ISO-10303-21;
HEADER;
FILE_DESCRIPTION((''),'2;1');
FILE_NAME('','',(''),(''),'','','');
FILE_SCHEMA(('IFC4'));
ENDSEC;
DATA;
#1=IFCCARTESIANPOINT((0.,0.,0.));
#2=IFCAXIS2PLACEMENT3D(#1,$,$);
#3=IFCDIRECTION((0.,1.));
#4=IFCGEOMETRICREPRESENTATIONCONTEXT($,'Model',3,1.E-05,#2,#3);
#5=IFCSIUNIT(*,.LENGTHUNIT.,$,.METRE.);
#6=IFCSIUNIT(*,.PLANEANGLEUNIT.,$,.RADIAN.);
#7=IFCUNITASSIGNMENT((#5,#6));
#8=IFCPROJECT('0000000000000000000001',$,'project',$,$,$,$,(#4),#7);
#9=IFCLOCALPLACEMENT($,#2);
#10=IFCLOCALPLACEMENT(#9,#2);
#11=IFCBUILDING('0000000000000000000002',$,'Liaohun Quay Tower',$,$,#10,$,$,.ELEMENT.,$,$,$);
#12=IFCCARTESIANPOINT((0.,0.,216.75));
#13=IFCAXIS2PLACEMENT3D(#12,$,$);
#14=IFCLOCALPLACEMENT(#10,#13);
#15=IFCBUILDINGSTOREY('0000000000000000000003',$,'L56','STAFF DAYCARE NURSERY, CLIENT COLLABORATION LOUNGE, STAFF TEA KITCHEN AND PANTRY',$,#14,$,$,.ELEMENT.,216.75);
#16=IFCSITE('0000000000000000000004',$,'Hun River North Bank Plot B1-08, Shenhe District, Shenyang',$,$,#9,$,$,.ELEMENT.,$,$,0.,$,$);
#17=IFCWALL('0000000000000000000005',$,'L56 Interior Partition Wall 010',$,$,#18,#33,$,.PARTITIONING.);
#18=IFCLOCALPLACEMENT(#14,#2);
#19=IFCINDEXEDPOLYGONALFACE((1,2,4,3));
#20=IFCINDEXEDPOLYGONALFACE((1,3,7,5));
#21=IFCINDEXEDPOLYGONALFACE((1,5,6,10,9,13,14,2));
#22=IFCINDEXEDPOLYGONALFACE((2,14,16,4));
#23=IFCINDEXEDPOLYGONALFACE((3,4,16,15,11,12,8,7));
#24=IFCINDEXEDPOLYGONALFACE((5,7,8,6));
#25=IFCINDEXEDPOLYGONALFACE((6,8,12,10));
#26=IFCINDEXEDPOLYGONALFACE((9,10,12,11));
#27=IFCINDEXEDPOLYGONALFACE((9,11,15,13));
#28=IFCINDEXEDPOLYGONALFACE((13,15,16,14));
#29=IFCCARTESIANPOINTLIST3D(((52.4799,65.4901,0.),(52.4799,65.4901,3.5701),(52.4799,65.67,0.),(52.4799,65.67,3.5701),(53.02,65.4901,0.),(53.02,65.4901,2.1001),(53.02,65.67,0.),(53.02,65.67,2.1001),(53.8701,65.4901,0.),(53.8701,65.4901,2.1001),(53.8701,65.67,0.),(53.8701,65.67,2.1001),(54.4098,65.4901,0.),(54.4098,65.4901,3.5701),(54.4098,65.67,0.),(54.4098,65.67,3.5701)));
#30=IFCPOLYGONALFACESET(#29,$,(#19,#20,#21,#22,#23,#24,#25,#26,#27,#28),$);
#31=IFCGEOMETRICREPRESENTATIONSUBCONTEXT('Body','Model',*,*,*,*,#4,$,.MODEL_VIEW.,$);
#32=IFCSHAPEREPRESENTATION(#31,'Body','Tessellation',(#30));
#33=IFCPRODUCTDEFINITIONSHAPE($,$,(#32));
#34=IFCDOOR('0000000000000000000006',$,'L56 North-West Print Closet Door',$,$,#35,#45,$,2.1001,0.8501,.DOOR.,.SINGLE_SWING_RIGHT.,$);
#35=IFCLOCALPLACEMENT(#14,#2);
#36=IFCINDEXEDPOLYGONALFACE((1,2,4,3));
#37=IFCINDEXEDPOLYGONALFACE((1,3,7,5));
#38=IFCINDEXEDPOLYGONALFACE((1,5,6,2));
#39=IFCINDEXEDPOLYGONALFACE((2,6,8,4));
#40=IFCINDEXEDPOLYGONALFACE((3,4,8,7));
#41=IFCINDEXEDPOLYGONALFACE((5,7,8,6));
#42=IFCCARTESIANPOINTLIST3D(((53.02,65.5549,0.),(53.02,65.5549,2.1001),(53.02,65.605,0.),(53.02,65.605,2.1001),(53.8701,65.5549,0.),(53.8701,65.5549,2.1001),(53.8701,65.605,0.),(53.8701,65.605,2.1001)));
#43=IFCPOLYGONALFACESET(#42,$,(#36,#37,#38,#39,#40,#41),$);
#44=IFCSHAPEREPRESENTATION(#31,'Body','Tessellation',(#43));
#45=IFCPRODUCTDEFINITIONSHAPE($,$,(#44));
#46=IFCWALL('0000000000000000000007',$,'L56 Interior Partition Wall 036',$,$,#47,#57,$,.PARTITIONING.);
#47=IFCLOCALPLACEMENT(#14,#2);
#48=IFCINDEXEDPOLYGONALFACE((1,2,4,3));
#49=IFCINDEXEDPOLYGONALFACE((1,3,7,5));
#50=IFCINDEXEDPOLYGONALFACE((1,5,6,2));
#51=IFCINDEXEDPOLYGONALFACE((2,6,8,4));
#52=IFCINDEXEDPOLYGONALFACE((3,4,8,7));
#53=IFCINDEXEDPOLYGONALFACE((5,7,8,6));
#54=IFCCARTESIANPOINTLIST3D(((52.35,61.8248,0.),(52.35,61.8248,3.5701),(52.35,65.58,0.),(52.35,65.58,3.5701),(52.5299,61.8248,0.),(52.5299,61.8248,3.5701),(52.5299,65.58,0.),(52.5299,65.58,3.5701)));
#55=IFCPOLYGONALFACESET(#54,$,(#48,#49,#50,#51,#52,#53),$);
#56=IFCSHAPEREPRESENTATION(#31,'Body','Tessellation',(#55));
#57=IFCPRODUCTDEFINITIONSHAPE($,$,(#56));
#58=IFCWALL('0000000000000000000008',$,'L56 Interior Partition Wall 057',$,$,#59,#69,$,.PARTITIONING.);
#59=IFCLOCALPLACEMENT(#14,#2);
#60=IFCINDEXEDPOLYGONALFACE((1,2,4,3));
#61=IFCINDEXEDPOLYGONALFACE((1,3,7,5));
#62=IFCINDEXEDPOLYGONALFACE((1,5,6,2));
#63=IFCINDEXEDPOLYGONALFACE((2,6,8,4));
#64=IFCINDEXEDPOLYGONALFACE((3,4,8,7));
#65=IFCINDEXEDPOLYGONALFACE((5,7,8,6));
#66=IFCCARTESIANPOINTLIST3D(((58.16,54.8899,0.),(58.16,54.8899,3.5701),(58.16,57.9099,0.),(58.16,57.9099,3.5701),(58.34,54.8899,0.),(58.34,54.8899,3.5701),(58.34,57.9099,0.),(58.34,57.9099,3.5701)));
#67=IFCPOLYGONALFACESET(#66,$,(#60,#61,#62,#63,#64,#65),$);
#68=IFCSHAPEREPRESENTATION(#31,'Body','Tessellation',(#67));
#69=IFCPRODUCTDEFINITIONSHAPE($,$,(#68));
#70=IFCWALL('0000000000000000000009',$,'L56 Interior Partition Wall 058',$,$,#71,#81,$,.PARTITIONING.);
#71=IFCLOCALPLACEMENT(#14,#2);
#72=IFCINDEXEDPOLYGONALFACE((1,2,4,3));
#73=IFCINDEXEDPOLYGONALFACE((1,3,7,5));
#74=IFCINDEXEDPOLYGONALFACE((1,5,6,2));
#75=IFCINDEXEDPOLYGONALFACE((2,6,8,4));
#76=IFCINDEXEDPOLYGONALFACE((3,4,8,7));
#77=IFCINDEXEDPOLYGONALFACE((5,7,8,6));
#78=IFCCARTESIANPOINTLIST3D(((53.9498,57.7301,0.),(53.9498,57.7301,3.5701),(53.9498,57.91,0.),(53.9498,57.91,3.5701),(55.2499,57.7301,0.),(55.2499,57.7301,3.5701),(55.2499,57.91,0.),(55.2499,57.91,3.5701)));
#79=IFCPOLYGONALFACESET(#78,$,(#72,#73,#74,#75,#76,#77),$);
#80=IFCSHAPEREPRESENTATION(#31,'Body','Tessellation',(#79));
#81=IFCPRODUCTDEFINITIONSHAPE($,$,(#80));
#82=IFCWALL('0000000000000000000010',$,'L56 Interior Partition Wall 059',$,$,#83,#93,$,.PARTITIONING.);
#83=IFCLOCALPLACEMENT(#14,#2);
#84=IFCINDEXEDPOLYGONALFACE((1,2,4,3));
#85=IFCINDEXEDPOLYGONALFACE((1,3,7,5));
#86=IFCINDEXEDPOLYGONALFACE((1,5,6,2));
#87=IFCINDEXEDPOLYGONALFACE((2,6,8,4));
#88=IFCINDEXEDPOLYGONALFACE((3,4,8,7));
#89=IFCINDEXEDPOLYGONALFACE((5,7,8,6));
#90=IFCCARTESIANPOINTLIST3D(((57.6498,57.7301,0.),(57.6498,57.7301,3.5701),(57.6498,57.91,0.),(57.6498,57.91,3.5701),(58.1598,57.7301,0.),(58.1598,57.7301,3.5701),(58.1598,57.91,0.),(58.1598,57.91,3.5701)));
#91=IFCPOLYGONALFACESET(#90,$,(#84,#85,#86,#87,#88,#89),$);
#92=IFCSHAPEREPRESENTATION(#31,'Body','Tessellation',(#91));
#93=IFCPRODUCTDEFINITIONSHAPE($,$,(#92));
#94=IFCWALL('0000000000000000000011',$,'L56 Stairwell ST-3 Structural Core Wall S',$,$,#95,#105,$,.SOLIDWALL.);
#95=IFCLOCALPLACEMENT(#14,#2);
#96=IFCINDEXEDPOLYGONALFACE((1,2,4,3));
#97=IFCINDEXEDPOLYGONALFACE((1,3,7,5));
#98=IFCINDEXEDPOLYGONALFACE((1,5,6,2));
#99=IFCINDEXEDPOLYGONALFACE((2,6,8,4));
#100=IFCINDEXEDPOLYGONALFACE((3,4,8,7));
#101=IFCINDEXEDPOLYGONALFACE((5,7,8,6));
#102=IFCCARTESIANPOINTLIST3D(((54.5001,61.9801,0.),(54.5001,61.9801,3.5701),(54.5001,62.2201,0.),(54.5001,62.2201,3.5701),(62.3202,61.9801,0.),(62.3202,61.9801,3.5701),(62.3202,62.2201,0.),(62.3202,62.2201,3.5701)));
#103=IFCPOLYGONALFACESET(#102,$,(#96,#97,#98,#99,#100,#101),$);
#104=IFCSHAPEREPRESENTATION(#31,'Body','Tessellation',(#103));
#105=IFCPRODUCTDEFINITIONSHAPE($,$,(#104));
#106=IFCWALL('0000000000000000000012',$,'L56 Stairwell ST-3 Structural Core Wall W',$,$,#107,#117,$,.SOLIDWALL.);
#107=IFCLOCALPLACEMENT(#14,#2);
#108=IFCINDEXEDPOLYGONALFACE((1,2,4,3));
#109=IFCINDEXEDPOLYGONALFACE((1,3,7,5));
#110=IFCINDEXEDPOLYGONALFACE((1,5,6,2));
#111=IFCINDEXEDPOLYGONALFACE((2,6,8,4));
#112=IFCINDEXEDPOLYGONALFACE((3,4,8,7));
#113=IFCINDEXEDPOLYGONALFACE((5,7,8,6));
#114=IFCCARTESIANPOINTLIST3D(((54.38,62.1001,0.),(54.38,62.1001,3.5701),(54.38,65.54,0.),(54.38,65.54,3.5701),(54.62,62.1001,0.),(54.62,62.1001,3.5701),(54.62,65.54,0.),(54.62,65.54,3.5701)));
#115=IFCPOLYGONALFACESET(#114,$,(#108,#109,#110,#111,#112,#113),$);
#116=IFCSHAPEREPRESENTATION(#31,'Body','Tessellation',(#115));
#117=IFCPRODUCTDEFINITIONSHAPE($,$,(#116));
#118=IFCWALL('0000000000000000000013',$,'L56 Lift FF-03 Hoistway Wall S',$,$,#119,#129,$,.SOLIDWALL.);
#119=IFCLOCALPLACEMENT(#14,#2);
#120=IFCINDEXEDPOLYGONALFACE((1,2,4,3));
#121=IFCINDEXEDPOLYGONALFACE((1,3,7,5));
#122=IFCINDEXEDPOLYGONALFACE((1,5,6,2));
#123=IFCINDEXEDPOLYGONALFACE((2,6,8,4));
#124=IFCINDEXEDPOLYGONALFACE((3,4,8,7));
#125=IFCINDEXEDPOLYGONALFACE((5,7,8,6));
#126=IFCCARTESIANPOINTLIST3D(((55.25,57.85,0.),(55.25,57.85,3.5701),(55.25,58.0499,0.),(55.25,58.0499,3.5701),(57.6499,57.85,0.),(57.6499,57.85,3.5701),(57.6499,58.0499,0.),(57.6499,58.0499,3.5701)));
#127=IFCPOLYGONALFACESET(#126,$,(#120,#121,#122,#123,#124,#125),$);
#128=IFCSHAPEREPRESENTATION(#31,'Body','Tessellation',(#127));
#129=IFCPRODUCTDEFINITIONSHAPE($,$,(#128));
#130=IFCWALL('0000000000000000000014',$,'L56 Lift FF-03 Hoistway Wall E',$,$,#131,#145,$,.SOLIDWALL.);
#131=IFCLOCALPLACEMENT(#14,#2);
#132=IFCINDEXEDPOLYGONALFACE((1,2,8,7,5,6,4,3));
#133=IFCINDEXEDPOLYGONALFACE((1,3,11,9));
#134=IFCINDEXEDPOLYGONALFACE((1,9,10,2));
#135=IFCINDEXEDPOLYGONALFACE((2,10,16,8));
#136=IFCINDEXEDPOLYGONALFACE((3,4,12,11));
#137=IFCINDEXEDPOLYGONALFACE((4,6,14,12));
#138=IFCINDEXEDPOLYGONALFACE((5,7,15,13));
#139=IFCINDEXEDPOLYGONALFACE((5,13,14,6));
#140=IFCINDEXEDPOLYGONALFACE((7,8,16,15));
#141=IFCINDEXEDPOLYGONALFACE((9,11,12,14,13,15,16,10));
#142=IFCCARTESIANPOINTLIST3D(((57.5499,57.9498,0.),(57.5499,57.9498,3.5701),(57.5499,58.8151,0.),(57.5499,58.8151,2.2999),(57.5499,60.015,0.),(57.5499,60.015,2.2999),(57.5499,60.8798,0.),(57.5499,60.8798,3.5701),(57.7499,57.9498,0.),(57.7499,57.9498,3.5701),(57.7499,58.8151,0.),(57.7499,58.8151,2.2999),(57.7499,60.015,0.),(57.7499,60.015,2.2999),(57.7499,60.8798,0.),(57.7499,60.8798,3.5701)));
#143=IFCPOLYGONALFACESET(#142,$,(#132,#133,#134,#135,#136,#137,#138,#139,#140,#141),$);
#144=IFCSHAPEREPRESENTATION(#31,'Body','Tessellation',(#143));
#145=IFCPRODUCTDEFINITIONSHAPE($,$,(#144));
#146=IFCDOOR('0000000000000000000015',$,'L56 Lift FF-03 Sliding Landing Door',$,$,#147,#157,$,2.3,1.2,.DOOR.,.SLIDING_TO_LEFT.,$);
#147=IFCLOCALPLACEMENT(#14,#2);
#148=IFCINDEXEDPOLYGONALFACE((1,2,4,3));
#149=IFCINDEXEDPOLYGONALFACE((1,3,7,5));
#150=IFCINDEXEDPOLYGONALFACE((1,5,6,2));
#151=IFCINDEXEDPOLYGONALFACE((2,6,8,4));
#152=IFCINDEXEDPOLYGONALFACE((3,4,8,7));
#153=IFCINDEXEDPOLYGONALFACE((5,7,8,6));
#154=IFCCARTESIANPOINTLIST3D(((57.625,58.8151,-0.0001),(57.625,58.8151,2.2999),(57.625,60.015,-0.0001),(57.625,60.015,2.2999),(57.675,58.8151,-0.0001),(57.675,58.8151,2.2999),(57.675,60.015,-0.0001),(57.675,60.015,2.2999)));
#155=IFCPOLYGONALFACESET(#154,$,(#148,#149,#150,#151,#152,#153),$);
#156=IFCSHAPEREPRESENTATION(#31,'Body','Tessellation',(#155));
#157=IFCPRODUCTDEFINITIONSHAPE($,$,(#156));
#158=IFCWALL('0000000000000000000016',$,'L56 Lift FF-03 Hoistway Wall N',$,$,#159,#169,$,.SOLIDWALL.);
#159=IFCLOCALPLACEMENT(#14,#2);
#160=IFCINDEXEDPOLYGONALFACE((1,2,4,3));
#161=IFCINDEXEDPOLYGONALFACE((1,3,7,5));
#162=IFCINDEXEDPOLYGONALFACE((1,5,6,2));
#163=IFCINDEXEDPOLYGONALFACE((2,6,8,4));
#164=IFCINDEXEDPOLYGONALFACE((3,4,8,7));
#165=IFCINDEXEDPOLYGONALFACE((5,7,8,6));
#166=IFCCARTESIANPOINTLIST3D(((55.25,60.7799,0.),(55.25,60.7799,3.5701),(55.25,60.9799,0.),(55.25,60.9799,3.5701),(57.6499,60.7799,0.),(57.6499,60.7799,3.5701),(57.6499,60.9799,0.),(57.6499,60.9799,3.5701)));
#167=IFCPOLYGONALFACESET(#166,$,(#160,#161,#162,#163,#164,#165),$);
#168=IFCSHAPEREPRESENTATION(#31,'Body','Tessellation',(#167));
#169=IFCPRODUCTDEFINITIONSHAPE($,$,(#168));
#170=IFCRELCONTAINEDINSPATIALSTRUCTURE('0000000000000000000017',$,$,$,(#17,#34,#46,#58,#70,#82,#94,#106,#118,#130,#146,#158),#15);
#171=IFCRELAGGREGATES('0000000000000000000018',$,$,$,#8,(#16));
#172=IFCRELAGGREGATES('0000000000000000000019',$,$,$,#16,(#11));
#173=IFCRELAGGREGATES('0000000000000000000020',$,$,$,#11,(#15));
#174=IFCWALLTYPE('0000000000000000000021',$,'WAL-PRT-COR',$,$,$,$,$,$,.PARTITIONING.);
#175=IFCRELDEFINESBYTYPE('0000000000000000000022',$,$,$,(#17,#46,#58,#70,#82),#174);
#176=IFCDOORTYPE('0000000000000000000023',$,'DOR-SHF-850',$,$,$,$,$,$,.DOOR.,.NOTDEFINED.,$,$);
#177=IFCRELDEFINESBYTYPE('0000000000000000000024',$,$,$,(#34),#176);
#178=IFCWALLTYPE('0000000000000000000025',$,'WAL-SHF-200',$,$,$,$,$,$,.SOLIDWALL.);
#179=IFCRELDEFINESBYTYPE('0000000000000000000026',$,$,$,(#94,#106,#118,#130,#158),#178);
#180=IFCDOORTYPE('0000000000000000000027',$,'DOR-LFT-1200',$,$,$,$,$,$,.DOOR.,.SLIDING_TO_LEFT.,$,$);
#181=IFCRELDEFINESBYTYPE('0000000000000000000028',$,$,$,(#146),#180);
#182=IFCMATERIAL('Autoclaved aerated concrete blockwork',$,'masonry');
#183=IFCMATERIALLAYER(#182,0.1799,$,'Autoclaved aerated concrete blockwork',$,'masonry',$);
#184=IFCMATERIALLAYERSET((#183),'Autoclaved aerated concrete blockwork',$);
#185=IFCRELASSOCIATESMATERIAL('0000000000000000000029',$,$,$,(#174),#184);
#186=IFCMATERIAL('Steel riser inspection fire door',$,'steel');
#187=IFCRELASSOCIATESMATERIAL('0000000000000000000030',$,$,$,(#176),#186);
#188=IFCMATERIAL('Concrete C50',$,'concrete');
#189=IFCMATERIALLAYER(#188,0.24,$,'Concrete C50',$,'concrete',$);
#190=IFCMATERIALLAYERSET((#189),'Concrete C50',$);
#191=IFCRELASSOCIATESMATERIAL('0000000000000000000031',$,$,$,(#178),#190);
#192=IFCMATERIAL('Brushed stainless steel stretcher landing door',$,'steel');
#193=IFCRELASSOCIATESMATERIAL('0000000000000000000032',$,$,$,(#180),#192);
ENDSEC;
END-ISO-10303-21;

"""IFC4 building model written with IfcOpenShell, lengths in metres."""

from ifc_helpers import new_model, si_unit, direction, frame, frame_2d, origin, place, context, subcontext, project, spatial, rectangle, extrude, source, transform, mapped, material, layer, layer_set, type_object, element, fill, save


model = new_model("IFC4")

# Units and contexts
model_context = context("Model", 3, precision=1e-05, world=origin(), true_north=direction((0.0, 1.0)))
body_context = subcontext(model_context, "Body", "Model", "MODEL_VIEW")
ifc_project = project(units=[si_unit("LENGTHUNIT", "METRE"), si_unit("PLANEANGLEUNIT", "RADIAN")], contexts=[model_context])

# Site, building, storey
site_placement = place(None, origin())
site = spatial("IfcSite", under=ifc_project, at=site_placement, Name="Hun River North Bank Plot B1-08, Shenhe District, Shenyang", CompositionType="ELEMENT", RefElevation=0.0)
building_placement = place(site_placement, origin())
building = spatial("IfcBuilding", under=site, at=building_placement, Name="Liaohun Quay Tower", CompositionType="ELEMENT")
storey_placement = place(building_placement, frame((0.0, 0.0, 216.75)))
storey = spatial("IfcBuildingStorey", under=building, at=storey_placement, Name="L56", Description="STAFF DAYCARE NURSERY, CLIENT COLLABORATION LOUNGE, STAFF TEA KITCHEN AND PANTRY", CompositionType="ELEMENT", Elevation=216.75)

# Wall, opening, door
ifc_material_1 = material(Name="Autoclaved aerated concrete blockwork", Category="masonry")
ifc_layer_1 = layer(ifc_material_1, 0.1799, Name="Autoclaved aerated concrete blockwork", Category="masonry")
ifc_layer_set_1 = layer_set([ifc_layer_1], Name="Autoclaved aerated concrete blockwork")
wall_type_1 = type_object("IfcWallType", Name="WAL-PRT-COR", PredefinedType="PARTITIONING", material=ifc_layer_set_1)
wall_1_placement = place(storey_placement, frame((52.48, 65.5801, 0.0), z_axis=(0.0, 0.0, 1.0), x_axis=(1.0, 0.0, 0.0)))
wall_1 = element("IfcWall", 1, at=wall_1_placement, inside=storey, type_object=wall_type_1, Name="L56 Interior Partition Wall 010", PredefinedType="PARTITIONING", context=body_context, shape_type="SweptSolid", body=[
    extrude(rectangle(XDim=1.9299, YDim=0.1799, at=frame_2d((0.9648, 0.0))), origin(), (0.0, 0.0, 1.0), 3.5701),
])
shared_shape_1 = source(origin(), body_context, "Body", "SweptSolid", [
    extrude(rectangle(XDim=0.8501, YDim=2.1001, at=frame_2d((0.425, 1.05))), frame((0.0, 0.0999, 0.0), z_axis=(0.0, -1.0, 0.0), x_axis=(1.0, 0.0, 0.0)), (0.0, 0.0, 1.0), 0.2),
])
opening_1_placement = place(wall_1_placement, frame((0.54, 0.0, 0.0)))
opening_1 = element("IfcOpeningElement", 2, at=opening_1_placement, cuts=wall_1, PredefinedType="OPENING", context=body_context, shape_type="MappedRepresentation", body=[
    mapped(shared_shape_1, transform((0.0, 0.0, 0.0), x_axis=(1.0, 0.0, 0.0), y_axis=(0.0, 1.0, 0.0), z_axis=(0.0, 0.0, 1.0), scale=1.0)),
])
ifc_material_2 = material(Name="Steel riser inspection fire door", Category="steel")
door_type_1 = type_object("IfcDoorType", Name="DOR-SHF-850", OperationType="NOTDEFINED", PredefinedType="DOOR", material=ifc_material_2)
shared_shape_2 = source(origin(), body_context, "Body", "SweptSolid", [
    extrude(rectangle(XDim=0.8501, YDim=2.1001, at=frame_2d((0.425, 1.05))), frame((0.0, 0.0249, 0.0), z_axis=(0.0, -1.0, 0.0), x_axis=(1.0, 0.0, 0.0)), (0.0, 0.0, 1.0), 0.05),
])
door_1_placement = place(opening_1_placement, origin())
door_1 = element("IfcDoor", 3, at=door_1_placement, inside=storey, type_object=door_type_1, Name="L56 North-West Print Closet Door", OperationType="SINGLE_SWING_RIGHT", OverallHeight=2.1001, OverallWidth=0.8501, PredefinedType="DOOR", context=body_context, shape_type="MappedRepresentation", body=[
    mapped(shared_shape_2, transform((0.0, 0.0, 0.0), x_axis=(1.0, 0.0, 0.0), y_axis=(0.0, 1.0, 0.0), z_axis=(0.0, 0.0, 1.0), scale=1.0)),
])
fill(opening_1, door_1)

# Walls
wall_2_placement = place(storey_placement, frame((52.4399, 61.825, 0.0), z_axis=(0.0, 0.0, 1.0), x_axis=(0.0, 1.0, 0.0)))
element("IfcWall", 4, at=wall_2_placement, inside=storey, type_object=wall_type_1, Name="L56 Interior Partition Wall 036", PredefinedType="PARTITIONING", context=body_context, shape_type="SweptSolid", body=[
    extrude(rectangle(XDim=3.7551, YDim=0.1799, at=frame_2d((1.8774, 0.0))), origin(), (0.0, 0.0, 1.0), 3.5701),
])
wall_3_placement = place(storey_placement, frame((58.25, 54.8899, 0.0), z_axis=(0.0, 0.0, 1.0), x_axis=(0.0, 1.0, 0.0)))
element("IfcWall", 5, at=wall_3_placement, inside=storey, type_object=wall_type_1, Name="L56 Interior Partition Wall 057", PredefinedType="PARTITIONING", context=body_context, shape_type="SweptSolid", body=[
    extrude(rectangle(XDim=3.02, YDim=0.1799, at=frame_2d((1.51, 0.0))), origin(), (0.0, 0.0, 1.0), 3.5701),
])
wall_4_placement = place(storey_placement, frame((53.95, 57.8201, 0.0), z_axis=(0.0, 0.0, 1.0), x_axis=(1.0, 0.0, 0.0)))
element("IfcWall", 6, at=wall_4_placement, inside=storey, type_object=wall_type_1, Name="L56 Interior Partition Wall 058", PredefinedType="PARTITIONING", context=body_context, shape_type="SweptSolid", body=[
    extrude(rectangle(XDim=1.3, YDim=0.1799, at=frame_2d((0.6499, 0.0))), origin(), (0.0, 0.0, 1.0), 3.5701),
])
wall_5_placement = place(storey_placement, frame((57.6499, 57.8201, 0.0), z_axis=(0.0, 0.0, 1.0), x_axis=(1.0, 0.0, 0.0)))
element("IfcWall", 7, at=wall_5_placement, inside=storey, type_object=wall_type_1, Name="L56 Interior Partition Wall 059", PredefinedType="PARTITIONING", context=body_context, shape_type="SweptSolid", body=[
    extrude(rectangle(XDim=0.51, YDim=0.1799, at=frame_2d((0.2549, 0.0))), origin(), (0.0, 0.0, 1.0), 3.5701),
])
ifc_material_3 = material(Name="Concrete C50", Category="concrete")
ifc_layer_2 = layer(ifc_material_3, 0.24, Name="Concrete C50", Category="concrete")
ifc_layer_set_2 = layer_set([ifc_layer_2], Name="Concrete C50")
wall_type_2 = type_object("IfcWallType", Name="WAL-SHF-200", PredefinedType="SOLIDWALL", material=ifc_layer_set_2)
wall_6_placement = place(storey_placement, frame((54.5, 62.1001, 0.0), z_axis=(0.0, 0.0, 1.0), x_axis=(1.0, 0.0, 0.0)))
element("IfcWall", 8, at=wall_6_placement, inside=storey, type_object=wall_type_2, Name="L56 Stairwell ST-3 Structural Core Wall S", PredefinedType="SOLIDWALL", context=body_context, shape_type="SweptSolid", body=[
    extrude(rectangle(XDim=7.8201, YDim=0.24, at=frame_2d((3.9102, 0.0))), origin(), (0.0, 0.0, 1.0), 3.5701),
])
wall_7_placement = place(storey_placement, frame((54.5, 65.54, 0.0), z_axis=(0.0, 0.0, 1.0), x_axis=(0.0, -1.0, 0.0)))
element("IfcWall", 9, at=wall_7_placement, inside=storey, type_object=wall_type_2, Name="L56 Stairwell ST-3 Structural Core Wall W", PredefinedType="SOLIDWALL", context=body_context, shape_type="SweptSolid", body=[
    extrude(rectangle(XDim=3.4399, YDim=0.24, at=frame_2d((1.72, 0.0))), origin(), (0.0, 0.0, 1.0), 3.5701),
])
wall_8_placement = place(storey_placement, frame((55.25, 57.95, 0.0), z_axis=(0.0, 0.0, 1.0), x_axis=(1.0, 0.0, 0.0)))
element("IfcWall", 10, at=wall_8_placement, inside=storey, type_object=wall_type_2, Name="L56 Lift FF-03 Hoistway Wall S", PredefinedType="SOLIDWALL", context=body_context, shape_type="SweptSolid", body=[
    extrude(rectangle(XDim=2.3999, YDim=0.2, at=frame_2d((1.2, 0.0))), origin(), (0.0, 0.0, 1.0), 3.5701),
])

# Wall, opening, door
wall_9_placement = place(storey_placement, frame((57.6499, 57.95, 0.0), z_axis=(0.0, 0.0, 1.0), x_axis=(0.0, 1.0, 0.0)))
wall_9 = element("IfcWall", 11, at=wall_9_placement, inside=storey, type_object=wall_type_2, Name="L56 Lift FF-03 Hoistway Wall E", PredefinedType="SOLIDWALL", context=body_context, shape_type="SweptSolid", body=[
    extrude(rectangle(XDim=2.9299, YDim=0.2, at=frame_2d((1.4648, 0.0))), origin(), (0.0, 0.0, 1.0), 3.5701),
])
shared_shape_3 = source(origin(), body_context, "Body", "SweptSolid", [
    extrude(rectangle(XDim=1.2, YDim=2.3, at=frame_2d((0.6001, 1.1499))), frame((0.0, 0.1099, 0.0), z_axis=(0.0, -1.0, 0.0), x_axis=(1.0, 0.0, 0.0)), (0.0, 0.0, 1.0), 0.22),
])
opening_2_placement = place(wall_9_placement, frame((0.865, 0.0, 0.0)))
opening_2 = element("IfcOpeningElement", 12, at=opening_2_placement, cuts=wall_9, PredefinedType="OPENING", context=body_context, shape_type="MappedRepresentation", body=[
    mapped(shared_shape_3, transform((0.0, 0.0, 0.0), x_axis=(1.0, 0.0, 0.0), y_axis=(0.0, 1.0, 0.0), z_axis=(0.0, 0.0, 1.0), scale=1.0)),
])
ifc_material_4 = material(Name="Brushed stainless steel stretcher landing door", Category="steel")
door_type_2 = type_object("IfcDoorType", Name="DOR-LFT-1200", OperationType="SLIDING_TO_LEFT", PredefinedType="DOOR", material=ifc_material_4)
shared_shape_4 = source(origin(), body_context, "Body", "SweptSolid", [
    extrude(rectangle(XDim=1.2, YDim=2.3, at=frame_2d((0.6001, 1.1499))), frame((0.0, 0.0249, 0.0), z_axis=(0.0, -1.0, 0.0), x_axis=(1.0, 0.0, 0.0)), (0.0, 0.0, 1.0), 0.05),
])
door_2_placement = place(opening_2_placement, origin())
door_2 = element("IfcDoor", 13, at=door_2_placement, inside=storey, type_object=door_type_2, Name="L56 Lift FF-03 Sliding Landing Door", OperationType="SLIDING_TO_LEFT", OverallHeight=2.3, OverallWidth=1.2, PredefinedType="DOOR", context=body_context, shape_type="MappedRepresentation", body=[
    mapped(shared_shape_4, transform((0.0, 0.0, 0.0), x_axis=(1.0, 0.0, 0.0), y_axis=(0.0, 1.0, 0.0), z_axis=(0.0, 0.0, 1.0), scale=1.0)),
])
fill(opening_2, door_2)

# Wall
wall_10_placement = place(storey_placement, frame((57.6499, 60.8799, 0.0), z_axis=(0.0, 0.0, 1.0), x_axis=(-1.0, 0.0, 0.0)))
element("IfcWall", 14, at=wall_10_placement, inside=storey, type_object=wall_type_2, Name="L56 Lift FF-03 Hoistway Wall N", PredefinedType="SOLIDWALL", context=body_context, shape_type="SweptSolid", body=[
    extrude(rectangle(XDim=2.3999, YDim=0.2, at=frame_2d((1.2, 0.0))), origin(), (0.0, 0.0, 1.0), 3.5701),
])

save(model, "model.ifc")
